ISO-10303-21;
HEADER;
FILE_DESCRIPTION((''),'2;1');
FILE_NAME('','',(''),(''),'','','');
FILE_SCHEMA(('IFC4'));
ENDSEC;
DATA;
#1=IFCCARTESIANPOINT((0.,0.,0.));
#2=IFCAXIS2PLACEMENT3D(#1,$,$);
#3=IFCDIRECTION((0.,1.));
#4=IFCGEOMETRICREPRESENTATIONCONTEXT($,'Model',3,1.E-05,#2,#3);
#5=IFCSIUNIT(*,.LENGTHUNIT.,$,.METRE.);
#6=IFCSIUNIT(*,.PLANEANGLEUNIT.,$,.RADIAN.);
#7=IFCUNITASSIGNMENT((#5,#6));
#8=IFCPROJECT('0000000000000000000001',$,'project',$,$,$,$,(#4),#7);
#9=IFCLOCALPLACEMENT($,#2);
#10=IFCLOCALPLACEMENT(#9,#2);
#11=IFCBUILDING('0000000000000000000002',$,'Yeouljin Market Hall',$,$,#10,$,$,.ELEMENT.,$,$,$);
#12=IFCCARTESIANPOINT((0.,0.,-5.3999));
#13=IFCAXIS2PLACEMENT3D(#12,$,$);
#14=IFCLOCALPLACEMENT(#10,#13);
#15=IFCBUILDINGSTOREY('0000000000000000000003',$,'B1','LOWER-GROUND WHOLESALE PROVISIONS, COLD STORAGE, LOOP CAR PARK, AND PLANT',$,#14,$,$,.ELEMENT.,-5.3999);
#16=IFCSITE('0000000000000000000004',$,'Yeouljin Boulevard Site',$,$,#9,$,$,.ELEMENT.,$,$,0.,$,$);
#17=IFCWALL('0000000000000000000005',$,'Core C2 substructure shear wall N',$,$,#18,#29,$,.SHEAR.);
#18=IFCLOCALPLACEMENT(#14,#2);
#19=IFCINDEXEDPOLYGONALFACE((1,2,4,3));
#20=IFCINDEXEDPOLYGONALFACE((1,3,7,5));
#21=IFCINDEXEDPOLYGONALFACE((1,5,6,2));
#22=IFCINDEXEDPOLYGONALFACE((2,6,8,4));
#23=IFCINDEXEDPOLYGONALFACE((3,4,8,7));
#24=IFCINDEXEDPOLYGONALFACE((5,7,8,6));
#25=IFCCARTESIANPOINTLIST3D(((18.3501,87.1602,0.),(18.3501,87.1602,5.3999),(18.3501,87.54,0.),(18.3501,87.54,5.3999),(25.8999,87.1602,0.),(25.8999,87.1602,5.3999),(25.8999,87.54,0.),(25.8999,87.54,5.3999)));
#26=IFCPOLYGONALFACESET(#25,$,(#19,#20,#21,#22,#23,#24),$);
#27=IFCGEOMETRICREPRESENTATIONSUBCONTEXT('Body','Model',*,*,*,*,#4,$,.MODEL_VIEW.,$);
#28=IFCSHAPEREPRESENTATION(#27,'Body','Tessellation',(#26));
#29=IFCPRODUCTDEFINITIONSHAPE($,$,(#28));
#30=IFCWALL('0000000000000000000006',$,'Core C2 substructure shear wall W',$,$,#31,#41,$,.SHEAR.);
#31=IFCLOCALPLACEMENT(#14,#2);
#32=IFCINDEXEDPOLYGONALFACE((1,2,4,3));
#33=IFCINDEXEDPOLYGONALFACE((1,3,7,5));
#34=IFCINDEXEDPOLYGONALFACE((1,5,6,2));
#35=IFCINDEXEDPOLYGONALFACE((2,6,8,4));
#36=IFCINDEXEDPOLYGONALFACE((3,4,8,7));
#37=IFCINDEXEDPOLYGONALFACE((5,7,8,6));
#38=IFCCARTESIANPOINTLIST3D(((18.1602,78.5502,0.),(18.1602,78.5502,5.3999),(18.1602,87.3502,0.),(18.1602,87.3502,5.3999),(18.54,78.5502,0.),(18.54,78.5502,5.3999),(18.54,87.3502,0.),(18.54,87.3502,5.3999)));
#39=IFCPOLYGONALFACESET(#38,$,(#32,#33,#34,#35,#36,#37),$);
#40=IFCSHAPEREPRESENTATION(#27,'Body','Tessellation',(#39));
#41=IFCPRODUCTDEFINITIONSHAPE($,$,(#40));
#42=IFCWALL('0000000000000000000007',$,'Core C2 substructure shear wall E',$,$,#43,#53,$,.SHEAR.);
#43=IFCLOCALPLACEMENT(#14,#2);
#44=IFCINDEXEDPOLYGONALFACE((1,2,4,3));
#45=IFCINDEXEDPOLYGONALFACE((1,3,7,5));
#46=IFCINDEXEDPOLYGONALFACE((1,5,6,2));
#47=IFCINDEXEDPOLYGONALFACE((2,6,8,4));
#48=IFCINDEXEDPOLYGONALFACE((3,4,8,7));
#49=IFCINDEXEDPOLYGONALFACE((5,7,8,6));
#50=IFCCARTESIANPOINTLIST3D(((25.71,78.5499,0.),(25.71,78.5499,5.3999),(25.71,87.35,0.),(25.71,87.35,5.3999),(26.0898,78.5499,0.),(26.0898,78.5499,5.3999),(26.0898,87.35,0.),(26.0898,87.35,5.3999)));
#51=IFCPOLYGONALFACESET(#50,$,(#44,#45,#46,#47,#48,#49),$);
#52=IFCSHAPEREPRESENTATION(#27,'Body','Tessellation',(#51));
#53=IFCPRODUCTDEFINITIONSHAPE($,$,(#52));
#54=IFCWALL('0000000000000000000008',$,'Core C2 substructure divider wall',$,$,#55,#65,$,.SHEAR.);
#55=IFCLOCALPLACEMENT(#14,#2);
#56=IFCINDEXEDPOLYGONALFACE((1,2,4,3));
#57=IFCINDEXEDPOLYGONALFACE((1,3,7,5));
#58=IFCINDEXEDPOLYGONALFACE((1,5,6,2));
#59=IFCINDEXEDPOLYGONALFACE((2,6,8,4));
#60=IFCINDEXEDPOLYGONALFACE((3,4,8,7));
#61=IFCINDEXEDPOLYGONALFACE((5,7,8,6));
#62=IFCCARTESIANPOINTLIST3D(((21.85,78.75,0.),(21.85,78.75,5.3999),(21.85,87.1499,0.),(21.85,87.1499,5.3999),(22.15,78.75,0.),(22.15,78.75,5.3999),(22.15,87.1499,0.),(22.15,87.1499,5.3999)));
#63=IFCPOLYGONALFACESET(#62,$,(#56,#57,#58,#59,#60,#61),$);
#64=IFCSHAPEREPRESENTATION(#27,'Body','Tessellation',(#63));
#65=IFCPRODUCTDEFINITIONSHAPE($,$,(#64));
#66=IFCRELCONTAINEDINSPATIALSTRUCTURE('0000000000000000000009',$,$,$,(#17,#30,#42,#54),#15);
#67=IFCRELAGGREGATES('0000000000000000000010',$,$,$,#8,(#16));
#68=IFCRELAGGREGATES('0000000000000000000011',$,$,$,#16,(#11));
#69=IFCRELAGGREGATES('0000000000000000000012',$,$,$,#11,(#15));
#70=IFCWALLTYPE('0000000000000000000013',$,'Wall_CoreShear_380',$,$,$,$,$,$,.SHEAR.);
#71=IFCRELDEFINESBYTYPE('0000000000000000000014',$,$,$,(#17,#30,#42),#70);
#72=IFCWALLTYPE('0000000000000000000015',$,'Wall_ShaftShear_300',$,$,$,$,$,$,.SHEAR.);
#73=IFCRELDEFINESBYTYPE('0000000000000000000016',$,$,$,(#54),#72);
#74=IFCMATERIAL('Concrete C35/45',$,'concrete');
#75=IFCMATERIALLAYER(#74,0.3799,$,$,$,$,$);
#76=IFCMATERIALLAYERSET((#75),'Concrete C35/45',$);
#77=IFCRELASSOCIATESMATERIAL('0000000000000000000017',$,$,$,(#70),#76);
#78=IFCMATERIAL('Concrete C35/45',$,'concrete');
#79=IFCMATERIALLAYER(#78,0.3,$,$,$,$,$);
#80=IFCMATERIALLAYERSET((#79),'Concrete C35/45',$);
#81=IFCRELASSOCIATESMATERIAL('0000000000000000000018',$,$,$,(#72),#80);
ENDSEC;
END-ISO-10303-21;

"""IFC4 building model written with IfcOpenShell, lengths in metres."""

from ifc_helpers import new_model, si_unit, direction, frame, frame_2d, origin, place, context, subcontext, project, spatial, rectangle, extrude, material, layer, layer_set, type_object, element, save


model = new_model("IFC4")

# Units and contexts
model_context = context("Model", 3, precision=1e-05, world=origin(), true_north=direction((0.0, 1.0)))
body_context = subcontext(model_context, "Body", "Model", "MODEL_VIEW")
ifc_project = project(units=[si_unit("LENGTHUNIT", "METRE"), si_unit("PLANEANGLEUNIT", "RADIAN")], contexts=[model_context])

# Site, building, storey
site_placement = place(None, origin())
site = spatial("IfcSite", under=ifc_project, at=site_placement, Name="Yeouljin Boulevard Site", CompositionType="ELEMENT", RefElevation=0.0)
building_placement = place(site_placement, origin())
building = spatial("IfcBuilding", under=site, at=building_placement, Name="Yeouljin Market Hall", CompositionType="ELEMENT")
storey_placement = place(building_placement, frame((0.0, 0.0, -5.3999)))
storey = spatial("IfcBuildingStorey", under=building, at=storey_placement, Name="B1", Description="LOWER-GROUND WHOLESALE PROVISIONS, COLD STORAGE, LOOP CAR PARK, AND PLANT", CompositionType="ELEMENT", Elevation=-5.3999)

# Walls
ifc_material_1 = material(Name="Concrete C35/45", Category="concrete")
ifc_layer_1 = layer(ifc_material_1, 0.3799)
ifc_layer_set_1 = layer_set([ifc_layer_1], Name="Concrete C35/45")
wall_type_1 = type_object("IfcWallType", Name="Wall_CoreShear_380", PredefinedType="SHEAR", material=ifc_layer_set_1)
for number, where, z_axis, x_axis, name in (
    (1, (25.8999, 87.3501, 0.0), (0.0, 0.0, 1.0), (-1.0, 0.0, 0.0), "Core C2 substructure shear wall N"),
):
    element("IfcWall", number, at=place(storey_placement, frame(where, z_axis=z_axis, x_axis=x_axis)), inside=storey, type_object=wall_type_1, Name=name, PredefinedType="SHEAR", context=body_context, shape_type="SweptSolid", body=[
        extrude(rectangle(XDim=7.5498, YDim=0.3799, at=frame_2d((3.7749, 0.0))), origin(), (0.0, 0.0, 1.0), 5.3999),
    ])
for number, where, z_axis, x_axis, name in (
    (2, (18.3501, 87.3501, 0.0), (0.0, 0.0, 1.0), (0.0, -1.0, 0.0), "Core C2 substructure shear wall W"),
    (3, (25.8999, 78.55, 0.0), (0.0, 0.0, 1.0), (0.0, 1.0, 0.0), "Core C2 substructure shear wall E"),
):
    element("IfcWall", number, at=place(storey_placement, frame(where, z_axis=z_axis, x_axis=x_axis)), inside=storey, type_object=wall_type_1, Name=name, PredefinedType="SHEAR", context=body_context, shape_type="SweptSolid", body=[
        extrude(rectangle(XDim=8.8, YDim=0.3799, at=frame_2d((4.3999, 0.0))), origin(), (0.0, 0.0, 1.0), 5.3999),
    ])
ifc_material_2 = material(Name="Concrete C35/45", Category="concrete")
ifc_layer_2 = layer(ifc_material_2, 0.3)
ifc_layer_set_2 = layer_set([ifc_layer_2], Name="Concrete C35/45")
wall_type_2 = type_object("IfcWallType", Name="Wall_ShaftShear_300", PredefinedType="SHEAR", material=ifc_layer_set_2)
wall_placement = place(storey_placement, frame((22.0, 78.75, 0.0), z_axis=(0.0, 0.0, 1.0), x_axis=(0.0, 1.0, 0.0)))
element("IfcWall", 4, at=wall_placement, inside=storey, type_object=wall_type_2, Name="Core C2 substructure divider wall", PredefinedType="SHEAR", context=body_context, shape_type="SweptSolid", body=[
    extrude(rectangle(XDim=8.3999, YDim=0.3, at=frame_2d((4.2, 0.0))), origin(), (0.0, 0.0, 1.0), 5.3999),
])

save(model, "model.ifc")
